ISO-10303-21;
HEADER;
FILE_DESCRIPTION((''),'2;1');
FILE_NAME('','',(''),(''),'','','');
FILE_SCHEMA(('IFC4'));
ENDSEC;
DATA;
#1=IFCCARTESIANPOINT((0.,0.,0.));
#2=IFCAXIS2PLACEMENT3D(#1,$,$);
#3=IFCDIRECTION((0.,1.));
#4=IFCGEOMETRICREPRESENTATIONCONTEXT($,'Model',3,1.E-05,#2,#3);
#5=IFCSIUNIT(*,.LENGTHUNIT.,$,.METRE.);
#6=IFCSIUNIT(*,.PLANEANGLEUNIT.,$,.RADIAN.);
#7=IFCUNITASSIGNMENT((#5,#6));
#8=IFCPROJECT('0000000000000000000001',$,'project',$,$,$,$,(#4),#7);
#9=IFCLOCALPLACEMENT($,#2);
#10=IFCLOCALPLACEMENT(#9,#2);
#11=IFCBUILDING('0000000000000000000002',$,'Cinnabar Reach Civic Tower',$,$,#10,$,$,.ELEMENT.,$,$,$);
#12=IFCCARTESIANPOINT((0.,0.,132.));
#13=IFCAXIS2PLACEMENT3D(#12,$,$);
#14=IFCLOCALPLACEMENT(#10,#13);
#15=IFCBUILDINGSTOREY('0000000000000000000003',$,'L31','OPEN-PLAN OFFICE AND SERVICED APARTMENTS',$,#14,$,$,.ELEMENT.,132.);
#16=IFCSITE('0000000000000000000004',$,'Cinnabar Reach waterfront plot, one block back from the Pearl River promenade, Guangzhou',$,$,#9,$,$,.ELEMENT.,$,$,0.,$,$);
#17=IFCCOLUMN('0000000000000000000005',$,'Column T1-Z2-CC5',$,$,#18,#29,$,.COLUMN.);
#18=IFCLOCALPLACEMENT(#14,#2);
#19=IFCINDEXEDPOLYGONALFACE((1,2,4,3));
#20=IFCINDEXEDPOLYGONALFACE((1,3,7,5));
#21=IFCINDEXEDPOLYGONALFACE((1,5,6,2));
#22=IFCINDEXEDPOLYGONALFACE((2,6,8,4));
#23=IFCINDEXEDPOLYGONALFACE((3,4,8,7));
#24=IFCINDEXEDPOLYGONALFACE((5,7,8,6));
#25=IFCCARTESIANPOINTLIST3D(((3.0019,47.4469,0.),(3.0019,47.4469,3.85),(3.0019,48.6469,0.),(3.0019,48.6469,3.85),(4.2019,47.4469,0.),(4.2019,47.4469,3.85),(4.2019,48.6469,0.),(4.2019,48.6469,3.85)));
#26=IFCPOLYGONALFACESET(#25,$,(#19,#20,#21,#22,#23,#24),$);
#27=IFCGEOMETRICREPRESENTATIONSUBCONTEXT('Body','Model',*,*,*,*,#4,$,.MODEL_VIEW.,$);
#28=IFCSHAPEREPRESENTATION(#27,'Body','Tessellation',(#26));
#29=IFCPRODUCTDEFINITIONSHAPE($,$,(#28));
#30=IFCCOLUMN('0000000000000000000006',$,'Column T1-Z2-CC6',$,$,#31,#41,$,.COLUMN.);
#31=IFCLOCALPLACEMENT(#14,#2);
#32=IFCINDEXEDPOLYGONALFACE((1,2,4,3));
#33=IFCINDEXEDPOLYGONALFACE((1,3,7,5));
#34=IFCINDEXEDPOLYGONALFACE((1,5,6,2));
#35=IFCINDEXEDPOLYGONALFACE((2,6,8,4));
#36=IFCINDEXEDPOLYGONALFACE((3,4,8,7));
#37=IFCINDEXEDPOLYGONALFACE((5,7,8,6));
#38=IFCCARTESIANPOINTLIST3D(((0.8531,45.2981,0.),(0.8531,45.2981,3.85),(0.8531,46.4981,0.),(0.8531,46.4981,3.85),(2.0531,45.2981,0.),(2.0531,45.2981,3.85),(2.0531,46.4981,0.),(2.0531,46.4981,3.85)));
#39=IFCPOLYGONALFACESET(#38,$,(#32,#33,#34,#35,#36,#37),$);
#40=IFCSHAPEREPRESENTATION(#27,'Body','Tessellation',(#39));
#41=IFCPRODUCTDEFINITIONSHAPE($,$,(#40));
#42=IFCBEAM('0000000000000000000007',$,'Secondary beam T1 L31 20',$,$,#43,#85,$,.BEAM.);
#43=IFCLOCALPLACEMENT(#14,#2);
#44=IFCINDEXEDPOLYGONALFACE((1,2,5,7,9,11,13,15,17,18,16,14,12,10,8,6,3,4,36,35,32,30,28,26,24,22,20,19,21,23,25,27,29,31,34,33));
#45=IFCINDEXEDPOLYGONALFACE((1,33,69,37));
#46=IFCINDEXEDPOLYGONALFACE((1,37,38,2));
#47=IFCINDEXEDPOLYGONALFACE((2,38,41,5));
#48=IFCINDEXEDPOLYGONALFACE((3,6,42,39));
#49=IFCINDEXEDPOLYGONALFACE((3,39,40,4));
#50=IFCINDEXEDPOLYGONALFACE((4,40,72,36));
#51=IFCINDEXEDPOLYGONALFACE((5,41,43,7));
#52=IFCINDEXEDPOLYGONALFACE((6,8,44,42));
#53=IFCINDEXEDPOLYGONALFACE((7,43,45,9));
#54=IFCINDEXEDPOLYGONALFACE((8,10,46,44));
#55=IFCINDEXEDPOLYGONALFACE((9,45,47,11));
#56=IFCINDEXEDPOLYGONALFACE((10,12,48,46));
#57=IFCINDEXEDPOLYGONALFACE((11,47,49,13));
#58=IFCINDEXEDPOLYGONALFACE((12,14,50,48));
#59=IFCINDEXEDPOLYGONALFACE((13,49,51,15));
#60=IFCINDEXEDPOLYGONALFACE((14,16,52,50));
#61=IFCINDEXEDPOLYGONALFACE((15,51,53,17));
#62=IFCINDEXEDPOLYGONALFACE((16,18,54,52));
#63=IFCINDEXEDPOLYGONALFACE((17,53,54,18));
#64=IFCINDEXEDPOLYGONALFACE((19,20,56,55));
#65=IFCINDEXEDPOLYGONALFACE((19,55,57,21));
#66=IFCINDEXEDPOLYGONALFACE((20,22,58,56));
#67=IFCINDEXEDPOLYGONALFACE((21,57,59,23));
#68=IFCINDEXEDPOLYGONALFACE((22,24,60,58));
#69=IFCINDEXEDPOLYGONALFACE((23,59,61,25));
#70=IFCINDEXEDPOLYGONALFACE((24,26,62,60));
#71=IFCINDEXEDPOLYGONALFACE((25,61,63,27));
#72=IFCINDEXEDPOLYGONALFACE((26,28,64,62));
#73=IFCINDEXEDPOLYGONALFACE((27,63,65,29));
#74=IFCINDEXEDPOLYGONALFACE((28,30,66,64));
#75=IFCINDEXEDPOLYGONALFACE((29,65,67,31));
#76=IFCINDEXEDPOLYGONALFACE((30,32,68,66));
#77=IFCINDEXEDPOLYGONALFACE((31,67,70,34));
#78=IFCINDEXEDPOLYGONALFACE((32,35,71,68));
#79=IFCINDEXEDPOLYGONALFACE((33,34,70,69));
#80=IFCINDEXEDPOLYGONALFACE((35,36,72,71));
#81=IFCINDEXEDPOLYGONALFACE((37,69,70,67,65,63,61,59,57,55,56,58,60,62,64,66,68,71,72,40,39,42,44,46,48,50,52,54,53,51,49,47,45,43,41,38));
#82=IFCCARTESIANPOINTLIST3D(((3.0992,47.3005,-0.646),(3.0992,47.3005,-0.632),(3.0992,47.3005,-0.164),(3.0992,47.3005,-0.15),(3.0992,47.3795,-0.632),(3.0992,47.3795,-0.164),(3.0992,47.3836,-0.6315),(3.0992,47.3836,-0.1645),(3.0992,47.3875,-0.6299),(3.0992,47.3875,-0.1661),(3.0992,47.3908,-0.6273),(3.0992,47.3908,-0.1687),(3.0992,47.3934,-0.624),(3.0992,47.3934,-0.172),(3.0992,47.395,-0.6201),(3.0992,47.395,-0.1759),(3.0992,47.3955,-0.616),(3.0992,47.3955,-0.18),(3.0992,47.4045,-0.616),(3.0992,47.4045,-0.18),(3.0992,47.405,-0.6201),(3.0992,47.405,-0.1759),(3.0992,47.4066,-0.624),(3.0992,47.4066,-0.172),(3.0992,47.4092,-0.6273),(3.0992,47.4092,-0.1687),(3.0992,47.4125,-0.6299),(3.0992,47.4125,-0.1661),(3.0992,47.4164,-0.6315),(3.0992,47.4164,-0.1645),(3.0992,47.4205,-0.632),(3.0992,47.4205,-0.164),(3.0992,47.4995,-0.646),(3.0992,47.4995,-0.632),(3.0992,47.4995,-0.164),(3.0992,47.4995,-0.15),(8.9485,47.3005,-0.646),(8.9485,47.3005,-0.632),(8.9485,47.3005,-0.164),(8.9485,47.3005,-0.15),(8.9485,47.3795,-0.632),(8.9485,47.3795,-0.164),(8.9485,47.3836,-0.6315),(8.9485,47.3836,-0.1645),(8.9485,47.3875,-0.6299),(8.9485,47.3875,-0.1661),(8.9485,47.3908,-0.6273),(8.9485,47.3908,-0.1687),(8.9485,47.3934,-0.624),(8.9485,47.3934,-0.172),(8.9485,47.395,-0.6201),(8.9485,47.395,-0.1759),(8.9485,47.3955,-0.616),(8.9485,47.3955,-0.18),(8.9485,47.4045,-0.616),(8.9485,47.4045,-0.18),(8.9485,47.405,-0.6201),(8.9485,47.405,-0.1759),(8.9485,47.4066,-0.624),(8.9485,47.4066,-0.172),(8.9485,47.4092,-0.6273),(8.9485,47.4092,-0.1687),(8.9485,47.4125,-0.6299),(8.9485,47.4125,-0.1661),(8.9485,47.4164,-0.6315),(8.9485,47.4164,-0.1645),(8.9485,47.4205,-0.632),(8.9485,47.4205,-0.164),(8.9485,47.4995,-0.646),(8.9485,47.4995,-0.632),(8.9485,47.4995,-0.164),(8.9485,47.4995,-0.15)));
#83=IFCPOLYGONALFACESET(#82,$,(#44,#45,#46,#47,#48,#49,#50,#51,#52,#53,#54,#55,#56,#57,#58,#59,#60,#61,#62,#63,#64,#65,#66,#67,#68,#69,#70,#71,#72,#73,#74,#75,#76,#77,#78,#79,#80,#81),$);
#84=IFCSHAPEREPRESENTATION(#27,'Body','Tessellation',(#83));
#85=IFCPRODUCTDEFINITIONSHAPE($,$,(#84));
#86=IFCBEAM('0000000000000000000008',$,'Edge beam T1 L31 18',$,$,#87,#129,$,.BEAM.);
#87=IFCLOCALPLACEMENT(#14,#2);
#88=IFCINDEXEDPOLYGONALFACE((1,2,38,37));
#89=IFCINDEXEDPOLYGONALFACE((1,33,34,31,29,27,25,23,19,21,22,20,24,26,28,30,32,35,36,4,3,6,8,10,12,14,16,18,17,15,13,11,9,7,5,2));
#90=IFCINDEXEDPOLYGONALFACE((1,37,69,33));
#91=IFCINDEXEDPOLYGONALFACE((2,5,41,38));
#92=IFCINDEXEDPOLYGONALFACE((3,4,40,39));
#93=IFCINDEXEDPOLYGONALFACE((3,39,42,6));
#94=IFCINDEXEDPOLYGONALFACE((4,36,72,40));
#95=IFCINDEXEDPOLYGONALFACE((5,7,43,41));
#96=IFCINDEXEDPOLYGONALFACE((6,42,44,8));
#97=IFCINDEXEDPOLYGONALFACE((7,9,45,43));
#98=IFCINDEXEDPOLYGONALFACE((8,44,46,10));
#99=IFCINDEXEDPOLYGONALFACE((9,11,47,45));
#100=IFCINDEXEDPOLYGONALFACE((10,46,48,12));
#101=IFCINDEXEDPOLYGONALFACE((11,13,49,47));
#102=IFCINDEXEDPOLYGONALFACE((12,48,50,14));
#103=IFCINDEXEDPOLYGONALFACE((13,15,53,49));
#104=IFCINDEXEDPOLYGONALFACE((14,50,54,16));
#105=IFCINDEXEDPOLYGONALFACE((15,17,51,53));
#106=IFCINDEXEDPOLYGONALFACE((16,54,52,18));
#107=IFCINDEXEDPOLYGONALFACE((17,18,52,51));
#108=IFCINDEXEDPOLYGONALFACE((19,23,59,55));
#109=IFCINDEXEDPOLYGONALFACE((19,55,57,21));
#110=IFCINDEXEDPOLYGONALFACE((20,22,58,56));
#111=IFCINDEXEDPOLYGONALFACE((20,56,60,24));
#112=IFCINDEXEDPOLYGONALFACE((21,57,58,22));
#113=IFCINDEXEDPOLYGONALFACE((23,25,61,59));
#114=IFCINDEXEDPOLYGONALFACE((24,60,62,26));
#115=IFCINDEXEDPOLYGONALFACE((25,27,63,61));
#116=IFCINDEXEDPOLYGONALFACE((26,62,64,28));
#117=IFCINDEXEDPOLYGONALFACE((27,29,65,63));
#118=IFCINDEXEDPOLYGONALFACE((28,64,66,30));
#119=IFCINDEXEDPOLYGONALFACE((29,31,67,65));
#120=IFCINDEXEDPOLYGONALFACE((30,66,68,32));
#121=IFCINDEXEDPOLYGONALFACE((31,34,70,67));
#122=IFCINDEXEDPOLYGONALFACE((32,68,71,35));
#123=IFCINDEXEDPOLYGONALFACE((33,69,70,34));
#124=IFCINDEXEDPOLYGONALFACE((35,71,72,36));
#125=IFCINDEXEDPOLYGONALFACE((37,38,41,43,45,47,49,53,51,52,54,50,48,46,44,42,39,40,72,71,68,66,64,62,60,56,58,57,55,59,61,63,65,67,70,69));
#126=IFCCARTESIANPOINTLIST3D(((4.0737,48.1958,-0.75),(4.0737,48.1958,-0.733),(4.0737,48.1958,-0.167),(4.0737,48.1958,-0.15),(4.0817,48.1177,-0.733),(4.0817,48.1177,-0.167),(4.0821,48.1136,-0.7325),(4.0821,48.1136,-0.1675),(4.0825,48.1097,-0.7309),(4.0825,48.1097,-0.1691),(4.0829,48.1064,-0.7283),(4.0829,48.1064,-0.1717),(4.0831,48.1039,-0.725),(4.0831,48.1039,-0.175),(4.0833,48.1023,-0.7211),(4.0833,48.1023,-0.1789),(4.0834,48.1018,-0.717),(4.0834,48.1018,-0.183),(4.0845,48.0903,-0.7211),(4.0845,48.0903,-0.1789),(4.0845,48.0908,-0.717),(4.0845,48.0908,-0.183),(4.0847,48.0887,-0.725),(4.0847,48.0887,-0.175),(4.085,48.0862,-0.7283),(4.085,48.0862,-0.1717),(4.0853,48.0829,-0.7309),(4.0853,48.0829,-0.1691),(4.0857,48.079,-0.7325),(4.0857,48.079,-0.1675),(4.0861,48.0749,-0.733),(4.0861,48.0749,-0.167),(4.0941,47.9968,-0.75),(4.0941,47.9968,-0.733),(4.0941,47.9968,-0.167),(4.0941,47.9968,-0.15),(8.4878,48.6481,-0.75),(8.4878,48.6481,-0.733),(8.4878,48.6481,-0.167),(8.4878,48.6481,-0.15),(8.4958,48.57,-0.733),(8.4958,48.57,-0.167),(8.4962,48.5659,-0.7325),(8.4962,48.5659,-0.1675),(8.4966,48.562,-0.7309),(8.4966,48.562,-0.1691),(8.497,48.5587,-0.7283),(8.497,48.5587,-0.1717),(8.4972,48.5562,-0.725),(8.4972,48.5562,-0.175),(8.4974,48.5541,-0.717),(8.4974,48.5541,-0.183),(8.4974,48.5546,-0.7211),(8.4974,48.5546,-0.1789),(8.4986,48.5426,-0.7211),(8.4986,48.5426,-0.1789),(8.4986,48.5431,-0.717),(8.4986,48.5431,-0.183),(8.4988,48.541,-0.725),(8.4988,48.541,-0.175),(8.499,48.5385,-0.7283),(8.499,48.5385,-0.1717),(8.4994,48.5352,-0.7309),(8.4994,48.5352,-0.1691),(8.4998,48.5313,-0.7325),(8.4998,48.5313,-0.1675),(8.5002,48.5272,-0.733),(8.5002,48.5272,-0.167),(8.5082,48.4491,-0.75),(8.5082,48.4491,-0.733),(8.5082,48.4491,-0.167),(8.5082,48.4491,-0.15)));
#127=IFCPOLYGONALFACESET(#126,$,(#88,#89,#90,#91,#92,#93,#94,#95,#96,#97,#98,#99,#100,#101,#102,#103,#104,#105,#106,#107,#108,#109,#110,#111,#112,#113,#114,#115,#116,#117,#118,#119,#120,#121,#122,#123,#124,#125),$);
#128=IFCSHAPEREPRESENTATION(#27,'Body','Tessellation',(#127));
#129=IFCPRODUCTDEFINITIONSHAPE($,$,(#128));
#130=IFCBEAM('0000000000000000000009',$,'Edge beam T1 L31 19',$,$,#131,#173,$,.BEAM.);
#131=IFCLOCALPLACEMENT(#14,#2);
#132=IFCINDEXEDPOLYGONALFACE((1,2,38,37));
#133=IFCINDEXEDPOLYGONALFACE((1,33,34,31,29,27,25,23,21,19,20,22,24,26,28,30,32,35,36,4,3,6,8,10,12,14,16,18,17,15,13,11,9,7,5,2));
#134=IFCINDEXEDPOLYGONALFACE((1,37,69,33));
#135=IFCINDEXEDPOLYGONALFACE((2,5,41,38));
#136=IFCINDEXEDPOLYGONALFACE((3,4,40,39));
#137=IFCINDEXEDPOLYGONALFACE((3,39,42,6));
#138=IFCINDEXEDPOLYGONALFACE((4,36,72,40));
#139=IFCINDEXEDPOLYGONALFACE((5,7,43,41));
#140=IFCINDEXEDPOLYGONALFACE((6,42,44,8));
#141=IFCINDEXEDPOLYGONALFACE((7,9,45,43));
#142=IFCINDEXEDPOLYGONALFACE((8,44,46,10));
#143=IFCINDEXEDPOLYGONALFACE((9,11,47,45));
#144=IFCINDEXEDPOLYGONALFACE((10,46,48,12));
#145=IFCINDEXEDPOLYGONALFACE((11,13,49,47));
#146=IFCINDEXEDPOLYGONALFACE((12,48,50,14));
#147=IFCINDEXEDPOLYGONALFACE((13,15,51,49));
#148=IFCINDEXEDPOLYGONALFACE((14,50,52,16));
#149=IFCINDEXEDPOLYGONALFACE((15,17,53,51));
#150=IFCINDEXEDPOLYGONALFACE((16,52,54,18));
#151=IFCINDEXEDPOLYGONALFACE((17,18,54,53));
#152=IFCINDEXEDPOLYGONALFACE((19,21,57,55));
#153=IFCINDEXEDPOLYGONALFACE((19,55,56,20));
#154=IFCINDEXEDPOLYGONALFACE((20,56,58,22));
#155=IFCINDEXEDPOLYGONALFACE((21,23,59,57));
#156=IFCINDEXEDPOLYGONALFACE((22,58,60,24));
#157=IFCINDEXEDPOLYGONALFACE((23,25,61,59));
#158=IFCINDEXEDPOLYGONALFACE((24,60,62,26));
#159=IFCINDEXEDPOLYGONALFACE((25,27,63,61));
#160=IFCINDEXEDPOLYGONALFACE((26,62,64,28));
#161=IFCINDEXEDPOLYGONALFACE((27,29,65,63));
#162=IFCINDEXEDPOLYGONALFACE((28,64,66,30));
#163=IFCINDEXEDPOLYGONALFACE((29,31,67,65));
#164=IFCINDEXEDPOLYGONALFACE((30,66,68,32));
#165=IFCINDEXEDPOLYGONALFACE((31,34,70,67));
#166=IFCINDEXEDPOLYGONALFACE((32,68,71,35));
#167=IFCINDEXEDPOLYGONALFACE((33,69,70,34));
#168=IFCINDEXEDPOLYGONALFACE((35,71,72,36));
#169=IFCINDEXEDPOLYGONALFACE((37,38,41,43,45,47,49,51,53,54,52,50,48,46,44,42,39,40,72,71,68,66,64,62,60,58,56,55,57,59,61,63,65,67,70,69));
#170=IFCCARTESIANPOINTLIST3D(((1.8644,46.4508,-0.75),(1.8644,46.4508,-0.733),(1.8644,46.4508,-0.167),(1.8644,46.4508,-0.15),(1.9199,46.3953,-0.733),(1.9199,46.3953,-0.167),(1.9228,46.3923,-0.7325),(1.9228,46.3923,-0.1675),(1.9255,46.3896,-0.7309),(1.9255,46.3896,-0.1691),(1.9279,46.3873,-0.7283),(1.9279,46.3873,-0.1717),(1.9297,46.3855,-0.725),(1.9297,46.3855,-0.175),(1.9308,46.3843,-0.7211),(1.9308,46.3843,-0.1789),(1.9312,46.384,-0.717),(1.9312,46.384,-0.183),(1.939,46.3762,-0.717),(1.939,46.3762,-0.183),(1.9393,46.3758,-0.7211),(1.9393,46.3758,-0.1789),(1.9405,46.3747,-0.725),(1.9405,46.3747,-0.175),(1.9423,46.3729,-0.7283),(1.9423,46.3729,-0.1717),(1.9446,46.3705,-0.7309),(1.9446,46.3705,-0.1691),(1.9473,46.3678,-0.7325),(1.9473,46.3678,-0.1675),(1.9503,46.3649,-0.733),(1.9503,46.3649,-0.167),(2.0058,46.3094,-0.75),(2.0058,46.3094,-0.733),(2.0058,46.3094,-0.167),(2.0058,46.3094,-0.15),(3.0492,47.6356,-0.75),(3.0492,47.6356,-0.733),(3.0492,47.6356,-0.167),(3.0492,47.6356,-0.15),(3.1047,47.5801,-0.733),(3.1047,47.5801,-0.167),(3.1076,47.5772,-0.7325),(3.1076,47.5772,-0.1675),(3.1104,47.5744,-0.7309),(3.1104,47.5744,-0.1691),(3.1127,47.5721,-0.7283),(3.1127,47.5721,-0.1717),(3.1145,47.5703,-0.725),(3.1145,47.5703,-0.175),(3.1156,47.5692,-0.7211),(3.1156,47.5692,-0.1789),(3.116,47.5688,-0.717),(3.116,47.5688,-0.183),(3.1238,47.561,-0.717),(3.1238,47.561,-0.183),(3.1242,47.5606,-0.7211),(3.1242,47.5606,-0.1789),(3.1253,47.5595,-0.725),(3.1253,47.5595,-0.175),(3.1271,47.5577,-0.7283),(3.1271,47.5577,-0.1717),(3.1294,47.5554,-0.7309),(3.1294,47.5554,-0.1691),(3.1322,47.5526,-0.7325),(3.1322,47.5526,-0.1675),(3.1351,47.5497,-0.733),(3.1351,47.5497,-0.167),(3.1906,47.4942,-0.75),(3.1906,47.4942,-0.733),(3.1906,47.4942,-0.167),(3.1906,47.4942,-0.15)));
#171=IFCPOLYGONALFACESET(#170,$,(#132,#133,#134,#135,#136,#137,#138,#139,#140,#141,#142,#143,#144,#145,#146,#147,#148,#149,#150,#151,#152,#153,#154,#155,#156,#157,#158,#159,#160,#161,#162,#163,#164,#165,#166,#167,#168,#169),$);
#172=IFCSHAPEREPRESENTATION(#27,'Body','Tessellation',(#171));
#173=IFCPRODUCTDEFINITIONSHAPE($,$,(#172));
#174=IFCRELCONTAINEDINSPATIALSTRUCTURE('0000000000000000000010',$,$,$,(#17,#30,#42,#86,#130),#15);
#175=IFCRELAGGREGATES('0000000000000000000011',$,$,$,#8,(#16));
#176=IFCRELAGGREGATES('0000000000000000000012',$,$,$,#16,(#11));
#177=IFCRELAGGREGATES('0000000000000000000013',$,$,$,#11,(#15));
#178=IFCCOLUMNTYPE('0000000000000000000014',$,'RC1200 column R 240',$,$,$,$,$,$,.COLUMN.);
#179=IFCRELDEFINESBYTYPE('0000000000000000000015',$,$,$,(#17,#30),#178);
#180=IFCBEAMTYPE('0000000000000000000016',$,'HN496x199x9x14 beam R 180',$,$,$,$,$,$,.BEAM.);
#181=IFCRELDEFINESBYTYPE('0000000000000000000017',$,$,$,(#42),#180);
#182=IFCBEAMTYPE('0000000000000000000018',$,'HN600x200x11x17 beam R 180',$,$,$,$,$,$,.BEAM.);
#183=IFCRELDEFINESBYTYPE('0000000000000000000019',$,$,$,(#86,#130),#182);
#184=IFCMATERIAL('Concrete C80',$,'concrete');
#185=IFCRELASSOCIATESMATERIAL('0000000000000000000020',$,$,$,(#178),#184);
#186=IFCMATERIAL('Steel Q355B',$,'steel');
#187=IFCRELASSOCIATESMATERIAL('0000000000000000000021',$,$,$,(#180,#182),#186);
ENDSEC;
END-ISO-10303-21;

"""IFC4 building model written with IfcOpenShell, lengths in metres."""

from ifc_helpers import new_model, si_unit, direction, frame, origin, origin_2d, place, context, subcontext, project, spatial, rectangle, i_section, extrude, material, material_profile, profile_set, type_object, element, save


model = new_model("IFC4")

# Units and contexts
model_context = context("Model", 3, precision=1e-05, world=origin(), true_north=direction((0.0, 1.0)))
body_context = subcontext(model_context, "Body", "Model", "MODEL_VIEW")
ifc_project = project(units=[si_unit("LENGTHUNIT", "METRE"), si_unit("PLANEANGLEUNIT", "RADIAN")], contexts=[model_context])

# Site, building, storey
site_placement = place(None, origin())
site = spatial("IfcSite", under=ifc_project, at=site_placement, Name="Cinnabar Reach waterfront plot, one block back from the Pearl River promenade, Guangzhou", CompositionType="ELEMENT", RefElevation=0.0)
building_placement = place(site_placement, origin())
building = spatial("IfcBuilding", under=site, at=building_placement, Name="Cinnabar Reach Civic Tower", CompositionType="ELEMENT")
storey_placement = place(building_placement, frame((0.0, 0.0, 132.0)))
storey = spatial("IfcBuildingStorey", under=building, at=storey_placement, Name="L31", Description="OPEN-PLAN OFFICE AND SERVICED APARTMENTS", CompositionType="ELEMENT", Elevation=132.0)

# Columns
ifc_material_1 = material(Name="Concrete C80", Category="concrete")
ifc_material_profile_1 = material_profile(ifc_material_1, rectangle(XDim=1.2, YDim=1.2, at=origin_2d()), Name="RC1200")
ifc_profile_set_1 = profile_set([ifc_material_profile_1], Name="Concrete C80")
column_type = type_object("IfcColumnType", Name="RC1200 column R 240", PredefinedType="COLUMN", material=ifc_profile_set_1)
for number, where, z_axis, x_axis, name in (
    (1, (3.6019, 48.0469, 0.0), (0.0, 0.0, 1.0), (1.0, 0.0, 0.0), "Column T1-Z2-CC5"),
    (2, (1.4531, 45.8981, 0.0), (0.0, 0.0, 1.0), (1.0, 0.0, 0.0), "Column T1-Z2-CC6"),
):
    element("IfcColumn", number, at=place(storey_placement, frame(where, z_axis=z_axis, x_axis=x_axis)), inside=storey, type_object=column_type, Name=name, PredefinedType="COLUMN", context=body_context, shape_type="SweptSolid", body=[
        extrude(rectangle(XDim=1.2, YDim=1.2, at=origin_2d()), origin(), (0.0, 0.0, 1.0), 3.85),
    ])

# Beams
ifc_material_2 = material(Name="Steel Q355B", Category="steel")
ifc_material_profile_2 = material_profile(ifc_material_2, i_section(OverallWidth=0.199, OverallDepth=0.496, WebThickness=0.009, FlangeThickness=0.014, FilletRadius=0.016, at=origin_2d()), Name="HN496x199x9x14")
ifc_profile_set_2 = profile_set([ifc_material_profile_2], Name="Steel Q355B")
beam_type_1 = type_object("IfcBeamType", Name="HN496x199x9x14 beam R 180", PredefinedType="BEAM", material=ifc_profile_set_2)
beam_1_placement = place(storey_placement, frame((3.0992, 47.4, -0.398), z_axis=(1.0, 0.0, 0.0), x_axis=(0.0, 1.0, 0.0)))
element("IfcBeam", 3, at=beam_1_placement, inside=storey, type_object=beam_type_1, Name="Secondary beam T1 L31 20", PredefinedType="BEAM", context=body_context, shape_type="SweptSolid", body=[
    extrude(i_section(OverallWidth=0.199, OverallDepth=0.496, WebThickness=0.009, FlangeThickness=0.014, FilletRadius=0.016, at=origin_2d()), origin(), (0.0, 0.0, 1.0), 5.8493),
])
ifc_material_profile_3 = material_profile(ifc_material_2, i_section(OverallWidth=0.2, OverallDepth=0.6, WebThickness=0.011, FlangeThickness=0.017, FilletRadius=0.016, at=origin_2d()), Name="HN600x200x11x17")
ifc_profile_set_3 = profile_set([ifc_material_profile_3], Name="Steel Q355B")
beam_type_2 = type_object("IfcBeamType", Name="HN600x200x11x17 beam R 180", PredefinedType="BEAM", material=ifc_profile_set_3)
beam_2_placement = place(storey_placement, frame((8.498, 48.5486, -0.45), z_axis=(-0.994791, -0.101933, 0.0), x_axis=(0.101933, -0.994791, 0.0)))
element("IfcBeam", 4, at=beam_2_placement, inside=storey, type_object=beam_type_2, Name="Edge beam T1 L31 18", PredefinedType="BEAM", context=body_context, shape_type="SweptSolid", body=[
    extrude(i_section(OverallWidth=0.2, OverallDepth=0.6, WebThickness=0.011, FlangeThickness=0.017, FilletRadius=0.016, at=origin_2d()), origin(), (0.0, 0.0, 1.0), 4.4372),
])
beam_3_placement = place(storey_placement, frame((3.1199, 47.5649, -0.45), z_axis=(-0.707107, -0.707107, 0.0), x_axis=(0.707107, -0.707107, 0.0)))
element("IfcBeam", 5, at=beam_3_placement, inside=storey, type_object=beam_type_2, Name="Edge beam T1 L31 19", PredefinedType="BEAM", context=body_context, shape_type="SweptSolid", body=[
    extrude(i_section(OverallWidth=0.2, OverallDepth=0.6, WebThickness=0.011, FlangeThickness=0.017, FilletRadius=0.016, at=origin_2d()), origin(), (0.0, 0.0, 1.0), 1.6756),
])

save(model, "model.ifc")
